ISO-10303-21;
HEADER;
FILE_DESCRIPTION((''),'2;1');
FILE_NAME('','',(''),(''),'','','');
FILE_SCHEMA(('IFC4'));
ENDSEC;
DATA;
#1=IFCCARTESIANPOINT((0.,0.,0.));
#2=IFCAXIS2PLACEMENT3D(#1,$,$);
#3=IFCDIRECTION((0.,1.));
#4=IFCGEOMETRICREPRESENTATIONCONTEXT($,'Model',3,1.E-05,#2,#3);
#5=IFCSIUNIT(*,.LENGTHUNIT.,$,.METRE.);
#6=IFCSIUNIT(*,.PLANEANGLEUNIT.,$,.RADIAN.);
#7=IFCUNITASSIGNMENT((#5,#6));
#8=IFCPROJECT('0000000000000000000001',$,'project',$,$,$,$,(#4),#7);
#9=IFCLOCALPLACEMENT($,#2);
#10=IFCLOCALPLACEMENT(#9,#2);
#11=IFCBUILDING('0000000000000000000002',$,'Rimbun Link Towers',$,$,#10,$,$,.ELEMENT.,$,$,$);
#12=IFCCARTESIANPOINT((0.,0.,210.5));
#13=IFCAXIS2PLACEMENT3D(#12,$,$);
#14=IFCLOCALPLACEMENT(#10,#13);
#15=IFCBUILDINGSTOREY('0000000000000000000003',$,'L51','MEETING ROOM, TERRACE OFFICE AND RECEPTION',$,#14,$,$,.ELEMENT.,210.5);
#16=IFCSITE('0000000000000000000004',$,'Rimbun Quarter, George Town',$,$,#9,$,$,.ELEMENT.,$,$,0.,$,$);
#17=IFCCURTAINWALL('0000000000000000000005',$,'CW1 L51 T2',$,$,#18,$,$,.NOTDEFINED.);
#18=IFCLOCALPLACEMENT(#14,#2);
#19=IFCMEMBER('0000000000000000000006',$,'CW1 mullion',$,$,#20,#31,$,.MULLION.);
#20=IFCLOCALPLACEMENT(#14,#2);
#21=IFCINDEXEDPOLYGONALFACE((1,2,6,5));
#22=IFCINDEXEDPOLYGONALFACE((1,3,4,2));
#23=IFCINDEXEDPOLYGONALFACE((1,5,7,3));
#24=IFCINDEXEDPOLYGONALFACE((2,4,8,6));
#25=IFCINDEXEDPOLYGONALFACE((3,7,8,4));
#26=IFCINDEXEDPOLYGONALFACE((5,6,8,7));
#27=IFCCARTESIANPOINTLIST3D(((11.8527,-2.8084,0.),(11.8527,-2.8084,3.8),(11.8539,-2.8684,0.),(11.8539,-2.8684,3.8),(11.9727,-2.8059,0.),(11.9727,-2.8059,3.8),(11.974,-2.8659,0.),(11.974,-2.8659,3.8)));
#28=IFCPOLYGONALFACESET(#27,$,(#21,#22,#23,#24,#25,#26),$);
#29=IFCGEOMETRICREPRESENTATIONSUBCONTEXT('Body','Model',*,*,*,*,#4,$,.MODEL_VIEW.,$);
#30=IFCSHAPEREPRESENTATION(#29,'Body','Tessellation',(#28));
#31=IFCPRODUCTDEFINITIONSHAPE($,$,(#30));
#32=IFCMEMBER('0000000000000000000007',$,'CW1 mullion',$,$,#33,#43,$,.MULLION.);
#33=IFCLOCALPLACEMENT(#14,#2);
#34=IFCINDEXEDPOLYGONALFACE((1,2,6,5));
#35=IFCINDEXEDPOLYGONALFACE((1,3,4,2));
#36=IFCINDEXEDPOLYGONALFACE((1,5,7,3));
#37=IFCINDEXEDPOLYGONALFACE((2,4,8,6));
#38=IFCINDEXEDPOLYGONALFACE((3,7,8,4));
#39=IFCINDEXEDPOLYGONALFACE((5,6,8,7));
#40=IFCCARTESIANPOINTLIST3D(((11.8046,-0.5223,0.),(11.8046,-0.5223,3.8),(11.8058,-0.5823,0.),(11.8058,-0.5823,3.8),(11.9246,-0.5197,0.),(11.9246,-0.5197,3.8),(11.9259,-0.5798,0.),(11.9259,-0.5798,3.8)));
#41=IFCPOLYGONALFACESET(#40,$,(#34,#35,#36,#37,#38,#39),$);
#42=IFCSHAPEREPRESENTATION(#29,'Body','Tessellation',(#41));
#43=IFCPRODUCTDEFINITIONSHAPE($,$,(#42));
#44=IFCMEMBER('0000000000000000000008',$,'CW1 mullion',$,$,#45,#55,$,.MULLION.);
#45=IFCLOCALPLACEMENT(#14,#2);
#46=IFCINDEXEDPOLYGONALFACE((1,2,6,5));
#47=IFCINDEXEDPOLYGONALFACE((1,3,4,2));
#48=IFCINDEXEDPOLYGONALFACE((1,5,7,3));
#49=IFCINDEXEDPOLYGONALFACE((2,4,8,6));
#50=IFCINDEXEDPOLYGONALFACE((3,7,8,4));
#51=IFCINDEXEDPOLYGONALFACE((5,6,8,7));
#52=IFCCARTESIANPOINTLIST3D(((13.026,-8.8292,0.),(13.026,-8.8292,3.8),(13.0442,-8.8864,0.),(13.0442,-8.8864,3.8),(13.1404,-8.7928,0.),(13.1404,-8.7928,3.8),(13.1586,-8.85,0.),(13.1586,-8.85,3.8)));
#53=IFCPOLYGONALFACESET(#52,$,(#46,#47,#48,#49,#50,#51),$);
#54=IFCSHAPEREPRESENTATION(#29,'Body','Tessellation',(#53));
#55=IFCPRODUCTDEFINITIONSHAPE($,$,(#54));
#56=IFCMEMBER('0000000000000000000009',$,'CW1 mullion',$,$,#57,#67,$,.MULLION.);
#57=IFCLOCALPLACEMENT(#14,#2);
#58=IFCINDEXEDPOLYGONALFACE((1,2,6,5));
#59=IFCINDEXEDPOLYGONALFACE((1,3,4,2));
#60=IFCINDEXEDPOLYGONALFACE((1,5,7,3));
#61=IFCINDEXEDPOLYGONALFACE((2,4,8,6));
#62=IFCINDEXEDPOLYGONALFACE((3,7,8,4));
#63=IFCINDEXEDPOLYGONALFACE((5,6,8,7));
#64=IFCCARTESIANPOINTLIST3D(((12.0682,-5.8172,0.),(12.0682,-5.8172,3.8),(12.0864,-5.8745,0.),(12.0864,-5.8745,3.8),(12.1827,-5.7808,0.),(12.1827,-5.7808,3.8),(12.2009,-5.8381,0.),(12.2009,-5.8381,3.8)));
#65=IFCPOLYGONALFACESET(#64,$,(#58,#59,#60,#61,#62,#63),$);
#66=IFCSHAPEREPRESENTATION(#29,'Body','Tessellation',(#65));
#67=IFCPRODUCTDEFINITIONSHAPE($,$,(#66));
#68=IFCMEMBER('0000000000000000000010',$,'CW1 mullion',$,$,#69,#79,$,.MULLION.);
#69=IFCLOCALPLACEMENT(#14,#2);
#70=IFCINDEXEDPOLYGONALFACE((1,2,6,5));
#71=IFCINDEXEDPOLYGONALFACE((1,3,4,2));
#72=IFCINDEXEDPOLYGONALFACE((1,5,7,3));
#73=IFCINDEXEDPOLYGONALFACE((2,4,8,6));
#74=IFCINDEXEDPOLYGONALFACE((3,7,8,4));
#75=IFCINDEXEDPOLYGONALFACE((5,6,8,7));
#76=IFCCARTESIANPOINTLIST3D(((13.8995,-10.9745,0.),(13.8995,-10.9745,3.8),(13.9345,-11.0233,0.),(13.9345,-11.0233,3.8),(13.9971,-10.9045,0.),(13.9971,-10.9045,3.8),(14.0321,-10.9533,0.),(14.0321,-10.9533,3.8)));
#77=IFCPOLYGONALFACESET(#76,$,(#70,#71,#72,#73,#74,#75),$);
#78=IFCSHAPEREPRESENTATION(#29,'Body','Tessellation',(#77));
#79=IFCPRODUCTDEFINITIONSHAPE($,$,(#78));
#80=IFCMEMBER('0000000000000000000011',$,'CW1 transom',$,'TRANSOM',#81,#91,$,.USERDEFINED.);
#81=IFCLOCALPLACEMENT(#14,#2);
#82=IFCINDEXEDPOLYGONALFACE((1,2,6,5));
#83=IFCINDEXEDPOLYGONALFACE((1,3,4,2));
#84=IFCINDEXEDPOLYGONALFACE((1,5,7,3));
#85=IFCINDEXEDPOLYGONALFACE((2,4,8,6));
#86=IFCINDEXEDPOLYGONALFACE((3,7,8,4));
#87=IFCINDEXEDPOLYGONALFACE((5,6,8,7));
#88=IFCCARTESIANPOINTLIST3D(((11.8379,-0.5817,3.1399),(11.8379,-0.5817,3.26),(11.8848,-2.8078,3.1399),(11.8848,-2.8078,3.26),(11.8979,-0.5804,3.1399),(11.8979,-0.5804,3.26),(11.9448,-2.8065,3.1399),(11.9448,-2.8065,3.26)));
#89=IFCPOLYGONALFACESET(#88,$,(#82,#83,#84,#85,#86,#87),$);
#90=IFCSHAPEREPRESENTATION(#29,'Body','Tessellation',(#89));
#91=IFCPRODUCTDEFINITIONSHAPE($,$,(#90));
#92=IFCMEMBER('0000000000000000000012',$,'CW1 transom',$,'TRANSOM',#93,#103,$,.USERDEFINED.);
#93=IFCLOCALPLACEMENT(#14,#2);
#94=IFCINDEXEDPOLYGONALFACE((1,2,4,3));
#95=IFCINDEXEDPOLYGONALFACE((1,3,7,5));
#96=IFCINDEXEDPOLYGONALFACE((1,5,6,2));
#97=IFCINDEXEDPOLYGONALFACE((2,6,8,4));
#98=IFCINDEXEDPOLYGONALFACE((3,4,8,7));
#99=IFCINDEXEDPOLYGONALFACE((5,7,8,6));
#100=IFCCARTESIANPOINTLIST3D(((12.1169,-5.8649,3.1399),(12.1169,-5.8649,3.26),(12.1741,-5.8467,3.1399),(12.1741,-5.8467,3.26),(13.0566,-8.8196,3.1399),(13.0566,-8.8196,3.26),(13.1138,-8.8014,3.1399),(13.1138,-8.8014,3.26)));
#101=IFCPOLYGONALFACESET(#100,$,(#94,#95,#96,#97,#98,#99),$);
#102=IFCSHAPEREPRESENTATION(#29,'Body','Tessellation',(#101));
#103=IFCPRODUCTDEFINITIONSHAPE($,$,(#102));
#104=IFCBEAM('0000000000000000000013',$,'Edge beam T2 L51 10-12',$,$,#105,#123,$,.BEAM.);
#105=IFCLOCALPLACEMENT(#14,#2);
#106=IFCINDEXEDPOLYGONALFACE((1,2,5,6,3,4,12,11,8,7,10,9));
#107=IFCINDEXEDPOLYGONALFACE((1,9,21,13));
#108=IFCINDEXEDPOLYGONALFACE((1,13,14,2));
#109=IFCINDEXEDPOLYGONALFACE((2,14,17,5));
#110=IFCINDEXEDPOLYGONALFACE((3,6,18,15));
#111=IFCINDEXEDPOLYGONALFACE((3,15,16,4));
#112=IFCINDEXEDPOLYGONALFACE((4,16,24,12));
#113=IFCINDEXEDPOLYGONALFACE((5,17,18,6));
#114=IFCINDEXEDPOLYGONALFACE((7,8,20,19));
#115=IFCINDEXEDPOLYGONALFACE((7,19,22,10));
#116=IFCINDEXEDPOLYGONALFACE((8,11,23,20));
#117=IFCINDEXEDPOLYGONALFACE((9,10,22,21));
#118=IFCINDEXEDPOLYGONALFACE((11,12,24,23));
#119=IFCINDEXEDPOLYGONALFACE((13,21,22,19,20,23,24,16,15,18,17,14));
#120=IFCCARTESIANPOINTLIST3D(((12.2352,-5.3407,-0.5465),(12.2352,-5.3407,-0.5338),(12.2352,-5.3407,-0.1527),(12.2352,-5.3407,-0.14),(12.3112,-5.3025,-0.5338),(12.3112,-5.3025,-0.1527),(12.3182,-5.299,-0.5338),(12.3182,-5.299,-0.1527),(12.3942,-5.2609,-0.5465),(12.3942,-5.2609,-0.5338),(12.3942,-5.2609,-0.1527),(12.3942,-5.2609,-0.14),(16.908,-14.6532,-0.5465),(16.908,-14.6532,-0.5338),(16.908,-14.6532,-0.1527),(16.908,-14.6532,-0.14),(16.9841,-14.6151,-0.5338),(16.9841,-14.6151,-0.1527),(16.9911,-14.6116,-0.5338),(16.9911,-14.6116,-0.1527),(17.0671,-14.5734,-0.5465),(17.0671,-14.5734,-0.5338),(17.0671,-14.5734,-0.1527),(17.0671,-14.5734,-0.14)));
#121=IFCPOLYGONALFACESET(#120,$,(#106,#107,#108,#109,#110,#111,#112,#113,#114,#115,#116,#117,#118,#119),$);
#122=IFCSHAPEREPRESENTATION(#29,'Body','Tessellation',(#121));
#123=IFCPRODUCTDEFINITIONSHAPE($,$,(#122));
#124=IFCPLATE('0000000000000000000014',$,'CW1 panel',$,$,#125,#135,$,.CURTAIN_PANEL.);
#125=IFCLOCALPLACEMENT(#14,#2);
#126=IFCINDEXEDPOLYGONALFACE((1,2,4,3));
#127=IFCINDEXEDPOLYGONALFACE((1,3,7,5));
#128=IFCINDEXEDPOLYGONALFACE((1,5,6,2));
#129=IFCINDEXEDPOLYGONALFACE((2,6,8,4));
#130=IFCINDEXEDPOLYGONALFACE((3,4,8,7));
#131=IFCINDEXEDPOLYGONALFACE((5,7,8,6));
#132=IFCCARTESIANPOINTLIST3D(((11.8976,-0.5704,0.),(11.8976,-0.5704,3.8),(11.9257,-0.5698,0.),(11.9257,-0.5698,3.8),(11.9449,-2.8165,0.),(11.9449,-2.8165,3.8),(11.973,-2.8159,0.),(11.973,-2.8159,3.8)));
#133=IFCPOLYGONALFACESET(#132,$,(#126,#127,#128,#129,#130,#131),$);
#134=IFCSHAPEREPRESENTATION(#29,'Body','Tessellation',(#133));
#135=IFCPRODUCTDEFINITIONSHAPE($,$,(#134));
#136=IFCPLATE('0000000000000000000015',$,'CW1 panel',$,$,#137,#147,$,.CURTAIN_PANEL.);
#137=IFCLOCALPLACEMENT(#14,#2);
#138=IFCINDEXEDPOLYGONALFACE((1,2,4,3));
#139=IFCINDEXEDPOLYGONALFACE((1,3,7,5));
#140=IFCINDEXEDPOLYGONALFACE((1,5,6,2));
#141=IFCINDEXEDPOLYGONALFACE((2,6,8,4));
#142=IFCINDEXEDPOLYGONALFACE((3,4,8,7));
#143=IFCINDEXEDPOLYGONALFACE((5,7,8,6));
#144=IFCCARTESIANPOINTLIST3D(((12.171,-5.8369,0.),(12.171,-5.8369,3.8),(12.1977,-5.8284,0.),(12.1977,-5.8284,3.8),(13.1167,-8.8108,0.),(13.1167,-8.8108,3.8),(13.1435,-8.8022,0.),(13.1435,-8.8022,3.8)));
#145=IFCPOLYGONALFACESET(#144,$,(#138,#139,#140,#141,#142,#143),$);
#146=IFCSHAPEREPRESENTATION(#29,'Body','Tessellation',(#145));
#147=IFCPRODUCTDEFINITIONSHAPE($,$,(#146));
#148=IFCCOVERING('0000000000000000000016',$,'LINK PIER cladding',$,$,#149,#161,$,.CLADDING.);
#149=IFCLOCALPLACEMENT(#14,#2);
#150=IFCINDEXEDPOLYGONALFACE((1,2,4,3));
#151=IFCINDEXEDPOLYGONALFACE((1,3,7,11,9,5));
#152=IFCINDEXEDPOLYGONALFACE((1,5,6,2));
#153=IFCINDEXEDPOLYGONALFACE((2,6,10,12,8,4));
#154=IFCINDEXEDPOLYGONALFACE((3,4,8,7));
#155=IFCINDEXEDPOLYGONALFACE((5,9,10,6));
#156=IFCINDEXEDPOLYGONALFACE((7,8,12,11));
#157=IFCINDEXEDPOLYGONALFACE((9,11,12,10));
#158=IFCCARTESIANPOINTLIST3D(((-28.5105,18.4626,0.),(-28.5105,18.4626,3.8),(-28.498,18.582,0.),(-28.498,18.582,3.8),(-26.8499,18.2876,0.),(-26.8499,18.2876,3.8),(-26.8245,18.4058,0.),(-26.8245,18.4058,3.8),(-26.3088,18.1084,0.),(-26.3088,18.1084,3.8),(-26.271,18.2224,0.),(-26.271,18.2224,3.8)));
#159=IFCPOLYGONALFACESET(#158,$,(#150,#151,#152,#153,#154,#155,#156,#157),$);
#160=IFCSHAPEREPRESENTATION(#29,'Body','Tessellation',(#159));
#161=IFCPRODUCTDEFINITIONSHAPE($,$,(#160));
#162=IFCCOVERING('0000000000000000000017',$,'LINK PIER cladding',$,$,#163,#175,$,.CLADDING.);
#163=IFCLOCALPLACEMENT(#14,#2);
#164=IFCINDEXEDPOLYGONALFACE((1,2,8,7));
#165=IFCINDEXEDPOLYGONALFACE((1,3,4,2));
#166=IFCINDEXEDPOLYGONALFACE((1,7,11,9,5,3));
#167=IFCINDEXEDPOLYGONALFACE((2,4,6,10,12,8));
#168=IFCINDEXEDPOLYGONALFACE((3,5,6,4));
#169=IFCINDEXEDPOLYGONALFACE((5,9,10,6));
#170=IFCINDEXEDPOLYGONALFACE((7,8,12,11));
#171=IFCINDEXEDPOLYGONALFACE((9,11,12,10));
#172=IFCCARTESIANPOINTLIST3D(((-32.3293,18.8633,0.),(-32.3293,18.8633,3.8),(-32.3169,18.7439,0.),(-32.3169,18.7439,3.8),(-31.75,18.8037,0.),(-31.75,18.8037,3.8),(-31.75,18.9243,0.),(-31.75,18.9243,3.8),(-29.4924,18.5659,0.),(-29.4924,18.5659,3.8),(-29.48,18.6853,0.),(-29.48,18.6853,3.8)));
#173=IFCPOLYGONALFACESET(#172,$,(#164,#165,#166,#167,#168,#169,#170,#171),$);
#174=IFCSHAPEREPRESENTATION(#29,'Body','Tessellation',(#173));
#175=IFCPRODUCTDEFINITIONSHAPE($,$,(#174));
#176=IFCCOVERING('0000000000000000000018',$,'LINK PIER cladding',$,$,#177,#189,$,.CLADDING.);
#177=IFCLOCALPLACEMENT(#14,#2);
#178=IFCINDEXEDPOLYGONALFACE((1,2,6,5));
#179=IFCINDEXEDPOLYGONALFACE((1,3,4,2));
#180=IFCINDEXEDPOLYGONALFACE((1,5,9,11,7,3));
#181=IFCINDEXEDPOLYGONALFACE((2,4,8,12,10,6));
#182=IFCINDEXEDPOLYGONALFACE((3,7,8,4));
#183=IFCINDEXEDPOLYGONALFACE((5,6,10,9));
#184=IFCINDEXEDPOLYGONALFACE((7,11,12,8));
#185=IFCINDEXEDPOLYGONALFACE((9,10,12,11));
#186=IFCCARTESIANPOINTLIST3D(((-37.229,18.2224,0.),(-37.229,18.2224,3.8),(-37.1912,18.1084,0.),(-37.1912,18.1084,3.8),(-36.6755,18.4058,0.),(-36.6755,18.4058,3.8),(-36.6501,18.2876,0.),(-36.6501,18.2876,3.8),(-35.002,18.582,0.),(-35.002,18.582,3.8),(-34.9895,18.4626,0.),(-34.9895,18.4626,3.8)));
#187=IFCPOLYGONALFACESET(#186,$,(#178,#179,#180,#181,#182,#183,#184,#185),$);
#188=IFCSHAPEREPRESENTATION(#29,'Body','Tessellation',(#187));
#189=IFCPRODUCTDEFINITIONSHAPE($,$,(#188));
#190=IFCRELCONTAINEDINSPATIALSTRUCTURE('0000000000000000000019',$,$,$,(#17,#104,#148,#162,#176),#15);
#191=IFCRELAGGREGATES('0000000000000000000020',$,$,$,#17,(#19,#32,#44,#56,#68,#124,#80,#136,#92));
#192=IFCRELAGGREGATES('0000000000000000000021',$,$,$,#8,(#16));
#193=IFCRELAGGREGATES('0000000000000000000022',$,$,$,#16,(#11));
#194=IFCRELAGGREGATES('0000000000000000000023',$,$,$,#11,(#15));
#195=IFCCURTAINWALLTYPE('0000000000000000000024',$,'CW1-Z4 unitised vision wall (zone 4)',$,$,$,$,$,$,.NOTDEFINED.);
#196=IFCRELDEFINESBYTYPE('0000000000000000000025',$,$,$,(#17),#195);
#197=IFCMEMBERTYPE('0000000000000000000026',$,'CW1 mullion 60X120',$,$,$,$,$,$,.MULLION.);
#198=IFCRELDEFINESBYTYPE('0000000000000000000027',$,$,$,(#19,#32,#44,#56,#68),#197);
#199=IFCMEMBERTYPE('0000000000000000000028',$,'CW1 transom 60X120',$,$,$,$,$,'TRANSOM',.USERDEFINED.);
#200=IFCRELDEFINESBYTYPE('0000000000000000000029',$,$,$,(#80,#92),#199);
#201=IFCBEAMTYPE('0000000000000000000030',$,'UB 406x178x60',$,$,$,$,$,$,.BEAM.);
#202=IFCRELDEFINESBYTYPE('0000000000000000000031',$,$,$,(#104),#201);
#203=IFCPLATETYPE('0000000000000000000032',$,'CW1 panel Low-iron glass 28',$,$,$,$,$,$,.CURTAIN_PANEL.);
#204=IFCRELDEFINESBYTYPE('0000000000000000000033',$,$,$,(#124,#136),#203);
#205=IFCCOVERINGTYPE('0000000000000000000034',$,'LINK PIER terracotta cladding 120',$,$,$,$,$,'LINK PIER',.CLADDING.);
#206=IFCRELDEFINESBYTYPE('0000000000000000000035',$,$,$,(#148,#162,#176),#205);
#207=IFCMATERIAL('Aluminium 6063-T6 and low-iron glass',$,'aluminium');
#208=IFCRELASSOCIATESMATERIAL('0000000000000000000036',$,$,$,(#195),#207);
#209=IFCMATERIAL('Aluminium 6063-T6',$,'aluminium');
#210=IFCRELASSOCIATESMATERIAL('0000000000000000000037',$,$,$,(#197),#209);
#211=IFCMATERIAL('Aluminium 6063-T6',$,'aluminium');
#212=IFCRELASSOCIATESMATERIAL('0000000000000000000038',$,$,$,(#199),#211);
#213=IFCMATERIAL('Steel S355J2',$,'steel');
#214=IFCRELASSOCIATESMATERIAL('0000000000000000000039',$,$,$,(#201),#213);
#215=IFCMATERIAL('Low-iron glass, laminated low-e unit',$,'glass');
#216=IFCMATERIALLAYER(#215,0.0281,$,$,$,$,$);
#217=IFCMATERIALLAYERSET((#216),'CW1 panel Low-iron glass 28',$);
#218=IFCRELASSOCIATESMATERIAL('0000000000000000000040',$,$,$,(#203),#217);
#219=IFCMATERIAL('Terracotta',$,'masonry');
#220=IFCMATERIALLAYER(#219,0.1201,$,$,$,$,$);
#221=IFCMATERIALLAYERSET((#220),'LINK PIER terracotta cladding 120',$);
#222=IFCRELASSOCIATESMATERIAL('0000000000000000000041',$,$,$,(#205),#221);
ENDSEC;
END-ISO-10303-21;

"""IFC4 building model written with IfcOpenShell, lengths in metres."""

from ifc_helpers import new_model, si_unit, direction, frame, origin, origin_2d, place, context, subcontext, project, spatial, polyline, rectangle, i_section, outline, extrude, material, layer, layer_set, material_profile, profile_set, type_object, element, aggregate, save


model = new_model("IFC4")

# Units and contexts
model_context = context("Model", 3, precision=1e-05, world=origin(), true_north=direction((0.0, 1.0)))
body_context = subcontext(model_context, "Body", "Model", "MODEL_VIEW")
ifc_project = project(units=[si_unit("LENGTHUNIT", "METRE"), si_unit("PLANEANGLEUNIT", "RADIAN")], contexts=[model_context])

# Site, building, storey
site_placement = place(None, origin())
site = spatial("IfcSite", under=ifc_project, at=site_placement, Name="Rimbun Quarter, George Town", CompositionType="ELEMENT", RefElevation=0.0)
building_placement = place(site_placement, origin())
building = spatial("IfcBuilding", under=site, at=building_placement, Name="Rimbun Link Towers", CompositionType="ELEMENT")
storey_placement = place(building_placement, frame((0.0, 0.0, 210.5)))
storey = spatial("IfcBuildingStorey", under=building, at=storey_placement, Name="L51", Description="MEETING ROOM, TERRACE OFFICE AND RECEPTION", CompositionType="ELEMENT", Elevation=210.5)

# Curtain wall, members
ifc_material_1 = material(Name="Aluminium 6063-T6 and low-iron glass", Category="aluminium")
curtain_wall_type = type_object("IfcCurtainWallType", Name="CW1-Z4 unitised vision wall (zone 4)", PredefinedType="NOTDEFINED", material=ifc_material_1)
curtain_wall_placement = place(storey_placement, origin())
curtain_wall = element("IfcCurtainWall", 1, at=curtain_wall_placement, inside=storey, type_object=curtain_wall_type, Name="CW1 L51 T2", PredefinedType="NOTDEFINED")
ifc_material_2 = material(Name="Aluminium 6063-T6", Category="aluminium")
ifc_material_profile_1 = material_profile(ifc_material_2, rectangle(XDim=0.1201, YDim=0.0601, at=origin_2d()), Name="MULLION 60X120")
ifc_profile_set_1 = profile_set([ifc_material_profile_1], Name="Aluminium 6063-T6")
member_type_1 = type_object("IfcMemberType", Name="CW1 mullion 60X120", PredefinedType="MULLION", material=ifc_profile_set_1)
member_1_placement = place(storey_placement, frame((11.9133, -2.8372, 0.0), z_axis=(0.0, 0.0, 1.0), x_axis=(-0.999778, -0.021054, 0.0)))
member_1 = element("IfcMember", 2, at=member_1_placement, type_object=member_type_1, Name="CW1 mullion", PredefinedType="MULLION", context=body_context, shape_type="SweptSolid", body=[
    extrude(rectangle(XDim=0.1201, YDim=0.0601, at=origin_2d()), origin(), (0.0, 0.0, 1.0), 3.8),
])
member_2_placement = place(storey_placement, frame((11.8652, -0.551, 0.0), z_axis=(0.0, 0.0, 1.0), x_axis=(-0.999778, -0.021054, 0.0)))
member_2 = element("IfcMember", 3, at=member_2_placement, type_object=member_type_1, Name="CW1 mullion", PredefinedType="MULLION", context=body_context, shape_type="SweptSolid", body=[
    extrude(rectangle(XDim=0.1201, YDim=0.0601, at=origin_2d()), origin(), (0.0, 0.0, 1.0), 3.8),
])
member_3_placement = place(storey_placement, frame((13.0923, -8.8396, 0.0), z_axis=(0.0, 0.0, 1.0), x_axis=(-0.952969, -0.303068, 0.0)))
member_3 = element("IfcMember", 4, at=member_3_placement, type_object=member_type_1, Name="CW1 mullion", PredefinedType="MULLION", context=body_context, shape_type="SweptSolid", body=[
    extrude(rectangle(XDim=0.1201, YDim=0.0601, at=origin_2d()), origin(), (0.0, 0.0, 1.0), 3.8),
])
member_4_placement = place(storey_placement, frame((12.1345, -5.8276, 0.0), z_axis=(0.0, 0.0, 1.0), x_axis=(-0.952969, -0.303068, 0.0)))
member_4 = element("IfcMember", 5, at=member_4_placement, type_object=member_type_1, Name="CW1 mullion", PredefinedType="MULLION", context=body_context, shape_type="SweptSolid", body=[
    extrude(rectangle(XDim=0.1201, YDim=0.0601, at=origin_2d()), origin(), (0.0, 0.0, 1.0), 3.8),
])
member_5_placement = place(storey_placement, frame((13.9658, -10.9639, 0.0), z_axis=(0.0, 0.0, 1.0), x_axis=(-0.81247, -0.583004, 0.0)))
member_5 = element("IfcMember", 6, at=member_5_placement, type_object=member_type_1, Name="CW1 mullion", PredefinedType="MULLION", context=body_context, shape_type="SweptSolid", body=[
    extrude(rectangle(XDim=0.1201, YDim=0.0601, at=origin_2d()), origin(), (0.0, 0.0, 1.0), 3.8),
])
ifc_material_3 = material(Name="Aluminium 6063-T6", Category="aluminium")
ifc_material_profile_2 = material_profile(ifc_material_3, rectangle(XDim=0.0601, YDim=0.1201, at=origin_2d()), Name="TRANSOM 60X120")
ifc_profile_set_2 = profile_set([ifc_material_profile_2], Name="Aluminium 6063-T6")
member_type_2 = type_object("IfcMemberType", Name="CW1 transom 60X120", ElementType="TRANSOM", PredefinedType="USERDEFINED", material=ifc_profile_set_2)
member_6_placement = place(storey_placement, frame((11.9148, -2.8071, 3.2), z_axis=(-0.021053, 0.999778, 0.0), x_axis=(-0.999778, -0.021053, 0.0)))
member_6 = element("IfcMember", 7, at=member_6_placement, type_object=member_type_2, Name="CW1 transom", ObjectType="TRANSOM", PredefinedType="USERDEFINED", context=body_context, shape_type="SweptSolid", body=[
    extrude(rectangle(XDim=0.0601, YDim=0.1201, at=origin_2d()), origin(), (0.0, 0.0, 1.0), 2.2266),
])
member_7_placement = place(storey_placement, frame((13.0852, -8.8105, 3.2), z_axis=(-0.303064, 0.95297, 0.0), x_axis=(-0.95297, -0.303064, 0.0)))
member_7 = element("IfcMember", 8, at=member_7_placement, type_object=member_type_2, Name="CW1 transom", ObjectType="TRANSOM", PredefinedType="USERDEFINED", context=body_context, shape_type="SweptSolid", body=[
    extrude(rectangle(XDim=0.0601, YDim=0.1201, at=origin_2d()), origin(), (0.0, 0.0, 1.0), 3.1006),
])

# Beam
ifc_material_4 = material(Name="Steel S355J2", Category="steel")
ifc_material_profile_3 = material_profile(ifc_material_4, i_section(OverallWidth=0.178, OverallDepth=0.4065, WebThickness=0.0078, FlangeThickness=0.0127, at=origin_2d()), Name="UB 406x178x60")
ifc_profile_set_3 = profile_set([ifc_material_profile_3], Name="Steel S355J2")
beam_type = type_object("IfcBeamType", Name="UB 406x178x60", PredefinedType="BEAM", material=ifc_profile_set_3)
beam_placement = place(storey_placement, frame((12.3147, -5.3008, -0.3433), z_axis=(0.448488, -0.893789, 0.0), x_axis=(0.893789, 0.448488, 0.0)))
element("IfcBeam", 9, at=beam_placement, inside=storey, type_object=beam_type, Name="Edge beam T2 L51 10-12", PredefinedType="BEAM", context=body_context, shape_type="SweptSolid", body=[
    extrude(i_section(OverallWidth=0.178, OverallDepth=0.4065, WebThickness=0.0078, FlangeThickness=0.0127, at=origin_2d()), origin(), (0.0, 0.0, 1.0), 10.4192),
])

# Plates
ifc_material_5 = material(Name="Low-iron glass, laminated low-e unit", Category="glass")
ifc_layer_1 = layer(ifc_material_5, 0.0281)
ifc_layer_set_1 = layer_set([ifc_layer_1], Name="CW1 panel Low-iron glass 28")
plate_type = type_object("IfcPlateType", Name="CW1 panel Low-iron glass 28", PredefinedType="CURTAIN_PANEL", material=ifc_layer_set_1)
plate_1_placement = place(storey_placement, frame((11.9353, -1.6931, 0.0), z_axis=(0.0, 0.0, 1.0), x_axis=(-0.021054, 0.999778, 0.0)))
plate_1 = element("IfcPlate", 10, at=plate_1_placement, type_object=plate_type, Name="CW1 panel", PredefinedType="CURTAIN_PANEL", context=body_context, shape_type="SweptSolid", body=[
    extrude(rectangle(XDim=2.2466, YDim=0.0281, at=origin_2d()), origin(), (0.0, 0.0, 1.0), 3.8),
])
plate_2_placement = place(storey_placement, frame((12.6572, -7.3196, 0.0), z_axis=(0.0, 0.0, 1.0), x_axis=(-0.303068, 0.952969, 0.0)))
plate_2 = element("IfcPlate", 11, at=plate_2_placement, type_object=plate_type, Name="CW1 panel", PredefinedType="CURTAIN_PANEL", context=body_context, shape_type="SweptSolid", body=[
    extrude(rectangle(XDim=3.1206, YDim=0.0281, at=origin_2d()), origin(), (0.0, 0.0, 1.0), 3.8),
])
aggregate(curtain_wall, [member_1, member_2, member_3, member_4, member_5, plate_1, member_6, plate_2, member_7])

# Coverings
ifc_material_6 = material(Name="Terracotta", Category="masonry")
ifc_layer_2 = layer(ifc_material_6, 0.1201)
ifc_layer_set_2 = layer_set([ifc_layer_2], Name="LINK PIER terracotta cladding 120")
covering_type_1 = type_object("IfcCoveringType", Name="LINK PIER terracotta cladding 120", ElementType="LINK PIER", PredefinedType="CLADDING", material=ifc_layer_set_2)
covering_1_placement = place(storey_placement, origin())
element("IfcCovering", 12, at=covering_1_placement, inside=storey, type_object=covering_type_1, Name="LINK PIER cladding", PredefinedType="CLADDING", context=body_context, shape_type="SweptSolid", body=[
    extrude(outline(polyline([(-28.5105, 18.4626), (-26.8499, 18.2876), (-26.3088, 18.1084), (-26.271, 18.2224), (-26.8245, 18.4058), (-28.498, 18.582), (-28.5105, 18.4626)])), origin(), (0.0, 0.0, 1.0), 3.8),
])
covering_2_placement = place(storey_placement, origin())
element("IfcCovering", 13, at=covering_2_placement, inside=storey, type_object=covering_type_1, Name="LINK PIER cladding", PredefinedType="CLADDING", context=body_context, shape_type="SweptSolid", body=[
    extrude(outline(polyline([(-32.3169, 18.7439), (-31.75, 18.8037), (-29.4924, 18.5659), (-29.48, 18.6853), (-31.75, 18.9243), (-32.3293, 18.8633), (-32.3169, 18.7439)])), origin(), (0.0, 0.0, 1.0), 3.8),
])
covering_3_placement = place(storey_placement, origin())
element("IfcCovering", 14, at=covering_3_placement, inside=storey, type_object=covering_type_1, Name="LINK PIER cladding", PredefinedType="CLADDING", context=body_context, shape_type="SweptSolid", body=[
    extrude(outline(polyline([(-37.1912, 18.1084), (-36.6501, 18.2876), (-34.9895, 18.4626), (-35.002, 18.582), (-36.6755, 18.4058), (-37.229, 18.2224), (-37.1912, 18.1084)])), origin(), (0.0, 0.0, 1.0), 3.8),
])

save(model, "model.ifc")
